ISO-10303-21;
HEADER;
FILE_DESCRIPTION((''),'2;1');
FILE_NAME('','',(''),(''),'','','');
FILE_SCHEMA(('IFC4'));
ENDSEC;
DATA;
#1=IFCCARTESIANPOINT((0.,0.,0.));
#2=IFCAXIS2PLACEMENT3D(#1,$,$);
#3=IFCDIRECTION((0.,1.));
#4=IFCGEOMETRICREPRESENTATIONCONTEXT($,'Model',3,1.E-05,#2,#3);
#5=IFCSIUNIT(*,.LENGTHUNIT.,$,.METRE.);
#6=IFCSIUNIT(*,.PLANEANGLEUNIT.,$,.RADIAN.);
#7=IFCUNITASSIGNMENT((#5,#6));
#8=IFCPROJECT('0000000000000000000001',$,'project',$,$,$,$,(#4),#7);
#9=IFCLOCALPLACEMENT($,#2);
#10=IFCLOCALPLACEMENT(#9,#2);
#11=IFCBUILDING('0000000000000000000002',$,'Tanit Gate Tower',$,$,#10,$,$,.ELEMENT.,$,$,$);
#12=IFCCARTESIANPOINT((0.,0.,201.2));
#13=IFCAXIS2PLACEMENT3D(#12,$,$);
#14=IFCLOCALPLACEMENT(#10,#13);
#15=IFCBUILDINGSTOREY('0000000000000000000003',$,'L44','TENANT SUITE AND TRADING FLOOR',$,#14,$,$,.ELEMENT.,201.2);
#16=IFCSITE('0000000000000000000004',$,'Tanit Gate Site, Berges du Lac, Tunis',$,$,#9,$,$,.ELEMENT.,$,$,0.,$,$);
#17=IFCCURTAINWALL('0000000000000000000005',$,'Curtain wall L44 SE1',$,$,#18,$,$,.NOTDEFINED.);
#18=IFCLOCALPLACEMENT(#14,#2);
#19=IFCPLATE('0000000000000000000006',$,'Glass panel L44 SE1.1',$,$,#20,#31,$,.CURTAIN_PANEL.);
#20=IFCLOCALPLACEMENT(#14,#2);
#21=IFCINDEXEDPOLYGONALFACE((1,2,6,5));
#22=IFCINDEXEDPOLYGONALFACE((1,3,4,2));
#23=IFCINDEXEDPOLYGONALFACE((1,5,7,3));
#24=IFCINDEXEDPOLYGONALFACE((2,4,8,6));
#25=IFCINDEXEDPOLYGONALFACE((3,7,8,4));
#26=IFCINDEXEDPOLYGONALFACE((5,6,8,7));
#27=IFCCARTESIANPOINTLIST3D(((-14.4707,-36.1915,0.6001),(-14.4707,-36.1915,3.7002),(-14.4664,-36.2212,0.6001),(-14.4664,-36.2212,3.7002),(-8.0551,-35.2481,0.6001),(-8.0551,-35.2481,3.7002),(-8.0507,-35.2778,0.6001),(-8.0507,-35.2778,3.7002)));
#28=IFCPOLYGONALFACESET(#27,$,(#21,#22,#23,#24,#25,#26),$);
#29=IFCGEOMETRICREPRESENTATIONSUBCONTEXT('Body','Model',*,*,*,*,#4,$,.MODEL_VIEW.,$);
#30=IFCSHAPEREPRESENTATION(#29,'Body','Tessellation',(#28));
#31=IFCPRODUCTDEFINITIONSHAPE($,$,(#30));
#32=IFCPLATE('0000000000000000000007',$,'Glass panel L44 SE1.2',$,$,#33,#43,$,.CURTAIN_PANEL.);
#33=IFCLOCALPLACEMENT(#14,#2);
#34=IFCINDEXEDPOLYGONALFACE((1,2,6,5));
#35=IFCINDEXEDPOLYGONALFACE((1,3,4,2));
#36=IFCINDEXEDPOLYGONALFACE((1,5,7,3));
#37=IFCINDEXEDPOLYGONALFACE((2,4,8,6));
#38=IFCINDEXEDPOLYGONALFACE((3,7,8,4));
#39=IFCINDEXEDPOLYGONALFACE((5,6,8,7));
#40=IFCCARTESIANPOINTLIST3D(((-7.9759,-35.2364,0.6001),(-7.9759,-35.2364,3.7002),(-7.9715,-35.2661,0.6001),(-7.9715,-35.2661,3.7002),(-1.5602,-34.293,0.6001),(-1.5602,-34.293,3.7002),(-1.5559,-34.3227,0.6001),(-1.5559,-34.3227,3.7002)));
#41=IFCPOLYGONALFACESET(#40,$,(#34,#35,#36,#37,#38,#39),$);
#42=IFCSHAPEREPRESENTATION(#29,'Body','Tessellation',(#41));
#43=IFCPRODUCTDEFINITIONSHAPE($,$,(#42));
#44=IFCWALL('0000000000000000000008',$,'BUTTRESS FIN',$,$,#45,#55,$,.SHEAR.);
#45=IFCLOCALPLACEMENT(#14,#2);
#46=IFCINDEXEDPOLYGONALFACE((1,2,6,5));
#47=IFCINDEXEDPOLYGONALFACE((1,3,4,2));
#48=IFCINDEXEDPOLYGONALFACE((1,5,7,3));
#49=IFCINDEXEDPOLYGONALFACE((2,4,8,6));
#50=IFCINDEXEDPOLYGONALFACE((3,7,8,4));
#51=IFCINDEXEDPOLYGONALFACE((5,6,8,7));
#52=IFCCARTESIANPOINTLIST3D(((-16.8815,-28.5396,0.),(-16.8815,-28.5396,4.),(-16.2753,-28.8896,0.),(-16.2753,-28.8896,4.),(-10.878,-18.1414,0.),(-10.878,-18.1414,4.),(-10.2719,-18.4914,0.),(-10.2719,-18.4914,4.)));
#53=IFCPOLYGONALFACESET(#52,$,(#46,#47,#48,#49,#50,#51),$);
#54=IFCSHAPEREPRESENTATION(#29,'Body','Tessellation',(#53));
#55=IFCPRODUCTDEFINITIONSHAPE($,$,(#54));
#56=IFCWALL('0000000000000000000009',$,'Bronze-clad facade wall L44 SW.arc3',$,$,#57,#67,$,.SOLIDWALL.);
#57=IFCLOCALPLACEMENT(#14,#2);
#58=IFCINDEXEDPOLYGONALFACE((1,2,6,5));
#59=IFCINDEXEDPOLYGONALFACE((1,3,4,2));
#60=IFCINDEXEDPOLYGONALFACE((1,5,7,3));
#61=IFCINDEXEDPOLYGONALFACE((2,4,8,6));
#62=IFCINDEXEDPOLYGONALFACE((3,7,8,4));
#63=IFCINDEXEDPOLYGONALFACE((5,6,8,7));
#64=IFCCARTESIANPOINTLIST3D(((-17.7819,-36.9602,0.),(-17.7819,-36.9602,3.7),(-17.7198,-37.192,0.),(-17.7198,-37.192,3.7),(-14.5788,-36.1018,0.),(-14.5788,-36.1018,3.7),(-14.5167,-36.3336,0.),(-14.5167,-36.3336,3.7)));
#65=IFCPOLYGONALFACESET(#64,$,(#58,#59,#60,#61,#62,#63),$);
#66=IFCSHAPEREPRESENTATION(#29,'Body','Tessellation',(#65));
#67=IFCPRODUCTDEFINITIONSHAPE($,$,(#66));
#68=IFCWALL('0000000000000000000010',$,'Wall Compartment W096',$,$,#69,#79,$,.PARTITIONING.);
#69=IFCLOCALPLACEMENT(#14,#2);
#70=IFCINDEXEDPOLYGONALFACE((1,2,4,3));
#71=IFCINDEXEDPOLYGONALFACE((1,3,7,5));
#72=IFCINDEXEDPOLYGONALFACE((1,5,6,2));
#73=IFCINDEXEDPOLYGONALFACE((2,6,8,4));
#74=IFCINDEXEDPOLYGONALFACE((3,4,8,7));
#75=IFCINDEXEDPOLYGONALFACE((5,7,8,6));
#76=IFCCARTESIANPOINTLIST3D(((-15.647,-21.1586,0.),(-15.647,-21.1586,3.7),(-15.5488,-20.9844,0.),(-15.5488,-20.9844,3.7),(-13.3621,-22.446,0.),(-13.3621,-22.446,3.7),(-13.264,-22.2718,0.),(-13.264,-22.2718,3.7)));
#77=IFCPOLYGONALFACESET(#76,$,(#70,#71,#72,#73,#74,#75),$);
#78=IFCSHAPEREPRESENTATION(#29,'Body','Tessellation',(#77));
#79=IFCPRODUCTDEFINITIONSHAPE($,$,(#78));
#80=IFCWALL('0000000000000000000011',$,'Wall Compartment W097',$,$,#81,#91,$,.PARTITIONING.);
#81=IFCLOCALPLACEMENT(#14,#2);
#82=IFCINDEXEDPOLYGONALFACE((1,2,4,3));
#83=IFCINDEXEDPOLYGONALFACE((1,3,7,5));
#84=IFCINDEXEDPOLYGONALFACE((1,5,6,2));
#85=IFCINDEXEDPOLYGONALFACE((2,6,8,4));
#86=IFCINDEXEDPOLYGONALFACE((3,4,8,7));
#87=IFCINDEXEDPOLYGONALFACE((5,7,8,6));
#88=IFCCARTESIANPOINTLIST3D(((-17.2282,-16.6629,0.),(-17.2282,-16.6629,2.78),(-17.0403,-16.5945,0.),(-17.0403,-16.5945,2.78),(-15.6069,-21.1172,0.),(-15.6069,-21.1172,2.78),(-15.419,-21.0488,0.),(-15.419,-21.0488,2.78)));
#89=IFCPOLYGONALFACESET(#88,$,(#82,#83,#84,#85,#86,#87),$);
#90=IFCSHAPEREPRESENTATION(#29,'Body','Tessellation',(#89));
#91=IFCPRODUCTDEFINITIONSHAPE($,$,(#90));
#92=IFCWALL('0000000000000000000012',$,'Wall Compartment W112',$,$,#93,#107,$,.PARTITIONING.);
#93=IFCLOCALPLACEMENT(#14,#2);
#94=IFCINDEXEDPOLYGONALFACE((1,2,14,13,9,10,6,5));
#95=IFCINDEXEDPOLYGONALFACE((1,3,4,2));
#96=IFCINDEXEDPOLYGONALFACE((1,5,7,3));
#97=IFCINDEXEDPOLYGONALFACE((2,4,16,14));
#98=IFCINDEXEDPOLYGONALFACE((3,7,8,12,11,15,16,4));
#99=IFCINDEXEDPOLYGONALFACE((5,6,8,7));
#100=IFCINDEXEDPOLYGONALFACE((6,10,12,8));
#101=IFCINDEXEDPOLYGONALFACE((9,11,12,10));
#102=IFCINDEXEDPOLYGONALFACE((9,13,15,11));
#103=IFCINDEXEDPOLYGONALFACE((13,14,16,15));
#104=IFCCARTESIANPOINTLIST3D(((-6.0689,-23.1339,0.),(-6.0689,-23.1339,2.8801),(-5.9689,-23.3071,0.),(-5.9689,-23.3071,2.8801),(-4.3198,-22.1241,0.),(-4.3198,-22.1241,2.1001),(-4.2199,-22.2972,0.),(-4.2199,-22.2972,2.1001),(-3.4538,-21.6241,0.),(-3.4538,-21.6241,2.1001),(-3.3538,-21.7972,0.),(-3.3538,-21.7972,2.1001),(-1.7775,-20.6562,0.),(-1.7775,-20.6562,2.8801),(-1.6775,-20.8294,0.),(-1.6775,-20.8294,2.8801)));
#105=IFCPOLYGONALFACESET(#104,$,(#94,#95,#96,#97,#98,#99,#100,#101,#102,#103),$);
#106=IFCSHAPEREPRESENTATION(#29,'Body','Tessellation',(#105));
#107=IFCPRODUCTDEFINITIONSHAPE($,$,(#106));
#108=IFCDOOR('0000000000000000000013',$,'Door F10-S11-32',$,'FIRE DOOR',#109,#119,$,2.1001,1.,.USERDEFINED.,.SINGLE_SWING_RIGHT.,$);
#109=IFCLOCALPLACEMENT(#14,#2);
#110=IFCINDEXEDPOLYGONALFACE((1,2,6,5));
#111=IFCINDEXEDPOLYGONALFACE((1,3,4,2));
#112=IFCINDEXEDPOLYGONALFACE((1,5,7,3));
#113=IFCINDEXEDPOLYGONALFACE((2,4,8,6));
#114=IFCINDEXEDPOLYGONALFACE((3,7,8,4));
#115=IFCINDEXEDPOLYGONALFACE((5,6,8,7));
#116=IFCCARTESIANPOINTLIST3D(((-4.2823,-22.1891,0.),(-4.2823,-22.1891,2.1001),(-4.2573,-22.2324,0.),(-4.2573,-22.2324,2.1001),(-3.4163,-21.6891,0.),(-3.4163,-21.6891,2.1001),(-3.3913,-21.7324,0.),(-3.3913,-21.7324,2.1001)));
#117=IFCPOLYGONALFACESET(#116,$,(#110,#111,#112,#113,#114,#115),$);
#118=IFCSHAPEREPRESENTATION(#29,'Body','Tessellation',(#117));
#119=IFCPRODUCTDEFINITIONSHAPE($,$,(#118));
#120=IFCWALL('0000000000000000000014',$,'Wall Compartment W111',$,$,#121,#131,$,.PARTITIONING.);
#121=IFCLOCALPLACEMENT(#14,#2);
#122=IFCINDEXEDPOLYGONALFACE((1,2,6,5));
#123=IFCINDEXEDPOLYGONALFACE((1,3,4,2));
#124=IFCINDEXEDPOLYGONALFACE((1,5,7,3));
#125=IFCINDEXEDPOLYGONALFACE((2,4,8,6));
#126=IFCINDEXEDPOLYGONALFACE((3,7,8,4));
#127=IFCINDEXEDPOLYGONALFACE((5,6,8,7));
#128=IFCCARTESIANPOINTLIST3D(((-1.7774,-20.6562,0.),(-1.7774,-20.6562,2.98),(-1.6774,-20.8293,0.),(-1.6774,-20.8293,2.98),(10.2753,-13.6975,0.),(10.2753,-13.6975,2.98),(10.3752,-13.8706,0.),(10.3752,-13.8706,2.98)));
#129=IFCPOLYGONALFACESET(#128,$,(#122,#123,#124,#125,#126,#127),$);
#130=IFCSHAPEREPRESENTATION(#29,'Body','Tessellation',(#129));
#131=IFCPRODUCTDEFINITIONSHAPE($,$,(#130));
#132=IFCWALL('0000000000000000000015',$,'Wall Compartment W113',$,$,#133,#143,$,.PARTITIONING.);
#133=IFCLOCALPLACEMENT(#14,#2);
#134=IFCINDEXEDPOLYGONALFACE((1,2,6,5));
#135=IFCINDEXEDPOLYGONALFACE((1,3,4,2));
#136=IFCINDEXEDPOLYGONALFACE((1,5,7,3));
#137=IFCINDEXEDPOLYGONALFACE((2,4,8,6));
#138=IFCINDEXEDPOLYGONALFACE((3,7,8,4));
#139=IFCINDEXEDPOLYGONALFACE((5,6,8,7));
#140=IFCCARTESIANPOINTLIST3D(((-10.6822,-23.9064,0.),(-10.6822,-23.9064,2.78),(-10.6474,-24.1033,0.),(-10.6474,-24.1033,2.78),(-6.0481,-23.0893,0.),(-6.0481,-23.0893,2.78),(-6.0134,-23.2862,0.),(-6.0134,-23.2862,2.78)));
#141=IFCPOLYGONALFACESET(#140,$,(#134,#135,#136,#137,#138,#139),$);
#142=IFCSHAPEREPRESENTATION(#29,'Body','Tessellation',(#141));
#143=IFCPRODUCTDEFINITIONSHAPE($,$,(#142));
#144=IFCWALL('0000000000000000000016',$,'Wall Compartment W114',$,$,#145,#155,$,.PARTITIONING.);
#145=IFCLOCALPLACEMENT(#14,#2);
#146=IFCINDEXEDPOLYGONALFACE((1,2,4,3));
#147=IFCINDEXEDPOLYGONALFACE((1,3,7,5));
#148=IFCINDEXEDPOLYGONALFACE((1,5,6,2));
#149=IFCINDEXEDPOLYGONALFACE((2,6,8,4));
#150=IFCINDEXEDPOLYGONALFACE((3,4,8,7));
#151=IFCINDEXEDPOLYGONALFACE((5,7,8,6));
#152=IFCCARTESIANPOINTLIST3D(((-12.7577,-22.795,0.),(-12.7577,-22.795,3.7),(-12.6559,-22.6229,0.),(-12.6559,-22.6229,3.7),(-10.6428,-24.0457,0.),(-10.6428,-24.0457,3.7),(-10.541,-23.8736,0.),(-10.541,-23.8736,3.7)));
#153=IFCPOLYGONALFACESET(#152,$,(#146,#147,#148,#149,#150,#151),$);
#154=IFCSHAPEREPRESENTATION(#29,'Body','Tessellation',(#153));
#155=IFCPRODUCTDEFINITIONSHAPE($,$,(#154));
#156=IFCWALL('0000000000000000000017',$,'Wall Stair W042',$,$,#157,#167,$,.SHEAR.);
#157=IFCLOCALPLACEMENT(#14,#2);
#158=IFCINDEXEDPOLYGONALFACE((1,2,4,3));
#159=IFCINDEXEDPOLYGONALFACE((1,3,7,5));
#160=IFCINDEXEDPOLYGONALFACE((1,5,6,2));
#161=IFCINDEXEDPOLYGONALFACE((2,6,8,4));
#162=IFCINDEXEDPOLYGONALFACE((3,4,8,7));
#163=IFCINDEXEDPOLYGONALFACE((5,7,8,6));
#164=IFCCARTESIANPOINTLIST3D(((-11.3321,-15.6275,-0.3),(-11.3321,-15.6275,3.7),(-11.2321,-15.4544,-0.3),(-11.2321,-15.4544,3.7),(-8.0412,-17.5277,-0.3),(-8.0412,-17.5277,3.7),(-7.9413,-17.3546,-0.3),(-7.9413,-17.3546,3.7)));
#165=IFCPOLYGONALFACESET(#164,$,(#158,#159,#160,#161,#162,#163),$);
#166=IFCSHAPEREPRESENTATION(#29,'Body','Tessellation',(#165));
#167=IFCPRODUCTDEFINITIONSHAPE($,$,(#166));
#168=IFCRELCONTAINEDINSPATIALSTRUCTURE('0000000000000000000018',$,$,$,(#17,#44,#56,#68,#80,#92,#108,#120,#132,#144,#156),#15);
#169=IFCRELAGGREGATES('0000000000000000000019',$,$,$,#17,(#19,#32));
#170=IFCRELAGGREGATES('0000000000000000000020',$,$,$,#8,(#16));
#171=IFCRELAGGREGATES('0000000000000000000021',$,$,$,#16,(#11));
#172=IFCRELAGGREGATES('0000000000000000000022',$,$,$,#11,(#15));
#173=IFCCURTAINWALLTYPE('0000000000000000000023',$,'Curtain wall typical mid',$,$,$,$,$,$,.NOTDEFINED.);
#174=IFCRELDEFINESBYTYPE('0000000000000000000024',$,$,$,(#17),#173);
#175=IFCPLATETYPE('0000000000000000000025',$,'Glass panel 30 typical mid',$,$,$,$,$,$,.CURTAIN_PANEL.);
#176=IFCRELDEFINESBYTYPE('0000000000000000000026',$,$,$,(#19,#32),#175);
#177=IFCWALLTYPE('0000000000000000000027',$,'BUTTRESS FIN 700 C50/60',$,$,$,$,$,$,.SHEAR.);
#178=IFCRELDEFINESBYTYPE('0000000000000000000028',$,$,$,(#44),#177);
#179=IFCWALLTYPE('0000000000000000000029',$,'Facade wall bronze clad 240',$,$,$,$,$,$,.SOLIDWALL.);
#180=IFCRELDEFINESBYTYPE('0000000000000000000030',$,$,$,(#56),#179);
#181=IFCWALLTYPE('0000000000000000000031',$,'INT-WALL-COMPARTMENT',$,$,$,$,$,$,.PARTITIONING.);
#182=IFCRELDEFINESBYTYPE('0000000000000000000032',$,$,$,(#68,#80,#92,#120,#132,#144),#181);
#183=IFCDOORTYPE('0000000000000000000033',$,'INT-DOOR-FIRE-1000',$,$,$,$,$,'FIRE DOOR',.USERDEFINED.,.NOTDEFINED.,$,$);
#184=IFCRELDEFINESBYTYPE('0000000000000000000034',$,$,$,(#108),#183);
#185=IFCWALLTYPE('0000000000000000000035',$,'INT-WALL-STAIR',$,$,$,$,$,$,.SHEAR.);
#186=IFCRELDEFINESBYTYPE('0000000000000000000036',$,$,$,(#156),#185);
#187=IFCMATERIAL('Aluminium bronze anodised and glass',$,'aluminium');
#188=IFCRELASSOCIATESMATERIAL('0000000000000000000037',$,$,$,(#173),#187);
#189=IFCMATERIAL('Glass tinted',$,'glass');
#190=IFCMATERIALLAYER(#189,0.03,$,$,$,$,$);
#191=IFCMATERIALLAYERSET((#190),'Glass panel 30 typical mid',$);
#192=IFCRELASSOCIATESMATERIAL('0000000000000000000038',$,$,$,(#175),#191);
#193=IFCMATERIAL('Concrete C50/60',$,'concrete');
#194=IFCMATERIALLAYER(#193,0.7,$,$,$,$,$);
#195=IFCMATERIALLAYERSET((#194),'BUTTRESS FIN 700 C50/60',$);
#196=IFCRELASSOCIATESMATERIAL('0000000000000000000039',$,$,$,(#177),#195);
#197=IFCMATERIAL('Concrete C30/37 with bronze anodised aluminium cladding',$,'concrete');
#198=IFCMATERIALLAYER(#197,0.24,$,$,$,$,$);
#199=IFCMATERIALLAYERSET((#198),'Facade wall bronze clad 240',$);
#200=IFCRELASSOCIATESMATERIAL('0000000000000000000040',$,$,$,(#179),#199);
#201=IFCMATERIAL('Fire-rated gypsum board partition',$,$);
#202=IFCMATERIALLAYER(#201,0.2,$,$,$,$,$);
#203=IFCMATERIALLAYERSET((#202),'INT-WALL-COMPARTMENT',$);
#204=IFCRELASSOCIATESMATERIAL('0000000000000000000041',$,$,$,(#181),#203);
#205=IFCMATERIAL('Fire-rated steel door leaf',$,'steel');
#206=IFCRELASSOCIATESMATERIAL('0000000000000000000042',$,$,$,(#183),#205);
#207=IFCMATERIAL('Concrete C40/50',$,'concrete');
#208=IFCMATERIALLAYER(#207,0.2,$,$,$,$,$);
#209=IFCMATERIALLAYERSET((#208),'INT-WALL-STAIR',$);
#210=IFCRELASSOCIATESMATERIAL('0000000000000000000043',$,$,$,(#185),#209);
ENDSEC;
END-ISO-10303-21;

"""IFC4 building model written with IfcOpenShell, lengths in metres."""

from ifc_helpers import new_model, si_unit, direction, frame, frame_2d, origin, origin_2d, place, context, subcontext, project, spatial, rectangle, extrude, material, layer, layer_set, type_object, element, fill, aggregate, save


model = new_model("IFC4")

# Units and contexts
model_context = context("Model", 3, precision=1e-05, world=origin(), true_north=direction((0.0, 1.0)))
body_context = subcontext(model_context, "Body", "Model", "MODEL_VIEW")
ifc_project = project(units=[si_unit("LENGTHUNIT", "METRE"), si_unit("PLANEANGLEUNIT", "RADIAN")], contexts=[model_context])

# Site, building, storey
site_placement = place(None, origin())
site = spatial("IfcSite", under=ifc_project, at=site_placement, Name="Tanit Gate Site, Berges du Lac, Tunis", CompositionType="ELEMENT", RefElevation=0.0)
building_placement = place(site_placement, origin())
building = spatial("IfcBuilding", under=site, at=building_placement, Name="Tanit Gate Tower", CompositionType="ELEMENT")
storey_placement = place(building_placement, frame((0.0, 0.0, 201.2)))
storey = spatial("IfcBuildingStorey", under=building, at=storey_placement, Name="L44", Description="TENANT SUITE AND TRADING FLOOR", CompositionType="ELEMENT", Elevation=201.2)

# Curtain wall
ifc_material_1 = material(Name="Aluminium bronze anodised and glass", Category="aluminium")
curtain_wall_type = type_object("IfcCurtainWallType", Name="Curtain wall typical mid", PredefinedType="NOTDEFINED", material=ifc_material_1)
curtain_wall_placement = place(storey_placement, origin())
curtain_wall = element("IfcCurtainWall", 1, at=curtain_wall_placement, inside=storey, type_object=curtain_wall_type, Name="Curtain wall L44 SE1", PredefinedType="NOTDEFINED")

# Plates
ifc_material_2 = material(Name="Glass tinted", Category="glass")
ifc_layer_1 = layer(ifc_material_2, 0.03)
ifc_layer_set_1 = layer_set([ifc_layer_1], Name="Glass panel 30 typical mid")
plate_type = type_object("IfcPlateType", Name="Glass panel 30 typical mid", PredefinedType="CURTAIN_PANEL", material=ifc_layer_set_1)
plate_1_placement = place(storey_placement, frame((-11.2607, -35.7346, 0.6001), z_axis=(0.0, 0.0, 1.0), x_axis=(0.98936, 0.145486, 0.0)))
plate_1 = element("IfcPlate", 2, at=plate_1_placement, type_object=plate_type, Name="Glass panel L44 SE1.1", PredefinedType="CURTAIN_PANEL", context=body_context, shape_type="SweptSolid", body=[
    extrude(rectangle(XDim=6.4846, YDim=0.03, at=origin_2d()), origin(), (0.0, 0.0, 1.0), 3.1001),
])
plate_2_placement = place(storey_placement, frame((-4.7659, -34.7795, 0.6001), z_axis=(0.0, 0.0, 1.0), x_axis=(0.98936, 0.145486, 0.0)))
plate_2 = element("IfcPlate", 3, at=plate_2_placement, type_object=plate_type, Name="Glass panel L44 SE1.2", PredefinedType="CURTAIN_PANEL", context=body_context, shape_type="SweptSolid", body=[
    extrude(rectangle(XDim=6.4846, YDim=0.03, at=origin_2d()), origin(), (0.0, 0.0, 1.0), 3.1001),
])
aggregate(curtain_wall, [plate_1, plate_2])

# Wall
ifc_material_3 = material(Name="Concrete C50/60", Category="concrete")
ifc_layer_2 = layer(ifc_material_3, 0.7)
ifc_layer_set_2 = layer_set([ifc_layer_2], Name="BUTTRESS FIN 700 C50/60")
wall_type_1 = type_object("IfcWallType", Name="BUTTRESS FIN 700 C50/60", PredefinedType="SHEAR", material=ifc_layer_set_2)
wall_1_placement = place(storey_placement, frame((-10.575, -18.3164, 0.0), z_axis=(0.0, 0.0, 1.0), x_axis=(-0.500001, -0.866025, 0.0)))
element("IfcWall", 4, at=wall_1_placement, inside=storey, type_object=wall_type_1, Name="BUTTRESS FIN", PredefinedType="SHEAR", context=body_context, shape_type="SweptSolid", body=[
    extrude(rectangle(XDim=12.0068, YDim=0.7, at=frame_2d((6.0034, 0.0))), origin(), (0.0, 0.0, 1.0), 4.0),
])

# Walls
ifc_material_4 = material(Name="Concrete C30/37 with bronze anodised aluminium cladding", Category="concrete")
ifc_layer_3 = layer(ifc_material_4, 0.24)
ifc_layer_set_3 = layer_set([ifc_layer_3], Name="Facade wall bronze clad 240")
wall_type_2 = type_object("IfcWallType", Name="Facade wall bronze clad 240", PredefinedType="SOLIDWALL", material=ifc_layer_set_3)
wall_2_placement = place(storey_placement, frame((-17.751, -37.0762, 0.0), z_axis=(0.0, 0.0, 1.0), x_axis=(0.965917, 0.258854, 0.0)))
element("IfcWall", 5, at=wall_2_placement, inside=storey, type_object=wall_type_2, Name="Bronze-clad facade wall L44 SW.arc3", PredefinedType="SOLIDWALL", context=body_context, shape_type="SweptSolid", body=[
    extrude(rectangle(XDim=3.3162, YDim=0.24, at=frame_2d((1.6582, 0.0))), origin(), (0.0, 0.0, 1.0), 3.7),
])
ifc_material_5 = material(Name="Fire-rated gypsum board partition")
ifc_layer_4 = layer(ifc_material_5, 0.2)
ifc_layer_set_4 = layer_set([ifc_layer_4], Name="INT-WALL-COMPARTMENT")
wall_type_3 = type_object("IfcWallType", Name="INT-WALL-COMPARTMENT", PredefinedType="PARTITIONING", material=ifc_layer_set_4)
wall_3_placement = place(storey_placement, frame((-15.5979, -21.0715, 0.0), z_axis=(0.0, 0.0, 1.0), x_axis=(0.871235, -0.490867, 0.0)))
element("IfcWall", 6, at=wall_3_placement, inside=storey, type_object=wall_type_3, Name="Wall Compartment W096", PredefinedType="PARTITIONING", context=body_context, shape_type="SweptSolid", body=[
    extrude(rectangle(XDim=2.6226, YDim=0.2, at=frame_2d((1.3113, 0.0))), origin(), (0.0, 0.0, 1.0), 3.7),
])
wall_4_placement = place(storey_placement, frame((-17.1343, -16.6287, 0.0), z_axis=(0.0, 0.0, 1.0), x_axis=(0.342037, -0.939687, 0.0)))
element("IfcWall", 7, at=wall_4_placement, inside=storey, type_object=wall_type_3, Name="Wall Compartment W097", PredefinedType="PARTITIONING", context=body_context, shape_type="SweptSolid", body=[
    extrude(rectangle(XDim=4.7402, YDim=0.2, at=frame_2d((2.3701, 0.0))), origin(), (0.0, 0.0, 1.0), 2.78),
])

# Wall, opening, door
wall_5_placement = place(storey_placement, frame((-6.0188, -23.2205, 0.0), z_axis=(0.0, 0.0, 1.0), x_axis=(0.866018, 0.500012, 0.0)))
wall_5 = element("IfcWall", 8, at=wall_5_placement, inside=storey, type_object=wall_type_3, Name="Wall Compartment W112", PredefinedType="PARTITIONING", context=body_context, shape_type="SweptSolid", body=[
    extrude(rectangle(XDim=4.9553, YDim=0.2, at=frame_2d((2.4775, 0.0))), origin(), (0.0, 0.0, 1.0), 2.8801),
])
opening_1_placement = place(wall_5_placement, frame((2.0195, 0.0, 0.0)))
opening_1 = element("IfcOpeningElement", 9, at=opening_1_placement, cuts=wall_5, PredefinedType="OPENING", context=body_context, shape_type="SweptSolid", body=[
    extrude(rectangle(XDim=1.0, YDim=2.1001, at=frame_2d((0.5, 1.05))), frame((0.0, 0.1099, 0.0), z_axis=(0.0, -1.0, 0.0), x_axis=(1.0, 0.0, 0.0)), (0.0, 0.0, 1.0), 0.22),
])
ifc_material_6 = material(Name="Fire-rated steel door leaf", Category="steel")
door_type_1 = type_object("IfcDoorType", Name="INT-DOOR-FIRE-1000", ElementType="FIRE DOOR", OperationType="NOTDEFINED", PredefinedType="USERDEFINED", material=ifc_material_6)
door_1_placement = place(opening_1_placement, origin())
door_1 = element("IfcDoor", 10, at=door_1_placement, inside=storey, type_object=door_type_1, Name="Door F10-S11-32", ObjectType="FIRE DOOR", OperationType="SINGLE_SWING_RIGHT", OverallHeight=2.1001, OverallWidth=1.0, PredefinedType="USERDEFINED", context=body_context, shape_type="SweptSolid", body=[
    extrude(rectangle(XDim=1.0, YDim=2.1001, at=frame_2d((0.5, 1.05))), frame((0.0, 0.0249, 0.0), z_axis=(0.0, -1.0, 0.0), x_axis=(1.0, 0.0, 0.0)), (0.0, 0.0, 1.0), 0.05),
])
fill(opening_1, door_1)

# Walls
wall_6_placement = place(storey_placement, frame((-1.7273, -20.7427, 0.0), z_axis=(0.0, 0.0, 1.0), x_axis=(0.866023, 0.500005, 0.0)))
element("IfcWall", 11, at=wall_6_placement, inside=storey, type_object=wall_type_3, Name="Wall Compartment W111", PredefinedType="PARTITIONING", context=body_context, shape_type="SweptSolid", body=[
    extrude(rectangle(XDim=13.9172, YDim=0.2, at=frame_2d((6.9585, 0.0))), origin(), (0.0, 0.0, 1.0), 2.98),
])
wall_7_placement = place(storey_placement, frame((-10.6648, -24.0049, 0.0), z_axis=(0.0, 0.0, 1.0), x_axis=(0.984807, 0.173655, 0.0)))
element("IfcWall", 12, at=wall_7_placement, inside=storey, type_object=wall_type_3, Name="Wall Compartment W113", PredefinedType="PARTITIONING", context=body_context, shape_type="SweptSolid", body=[
    extrude(rectangle(XDim=4.7056, YDim=0.2, at=frame_2d((2.3528, 0.0))), origin(), (0.0, 0.0, 1.0), 2.78),
])
wall_8_placement = place(storey_placement, frame((-12.7068, -22.709, 0.0), z_axis=(0.0, 0.0, 1.0), x_axis=(0.860754, -0.509021, 0.0)))
element("IfcWall", 13, at=wall_8_placement, inside=storey, type_object=wall_type_3, Name="Wall Compartment W114", PredefinedType="PARTITIONING", context=body_context, shape_type="SweptSolid", body=[
    extrude(rectangle(XDim=2.457, YDim=0.2, at=frame_2d((1.2285, 0.0))), origin(), (0.0, 0.0, 1.0), 3.7),
])
ifc_material_7 = material(Name="Concrete C40/50", Category="concrete")
ifc_layer_5 = layer(ifc_material_7, 0.2)
ifc_layer_set_5 = layer_set([ifc_layer_5], Name="INT-WALL-STAIR")
wall_type_4 = type_object("IfcWallType", Name="INT-WALL-STAIR", PredefinedType="SHEAR", material=ifc_layer_set_5)
wall_9_placement = place(storey_placement, frame((-11.282, -15.541, -0.3), z_axis=(0.0, 0.0, 1.0), x_axis=(0.866, -0.500043, 0.0)))
element("IfcWall", 14, at=wall_9_placement, inside=storey, type_object=wall_type_4, Name="Wall Stair W042", PredefinedType="SHEAR", context=body_context, shape_type="SweptSolid", body=[
    extrude(rectangle(XDim=3.8, YDim=0.2, at=frame_2d((1.8999, 0.0))), origin(), (0.0, 0.0, 1.0), 4.0),
])

save(model, "model.ifc")
